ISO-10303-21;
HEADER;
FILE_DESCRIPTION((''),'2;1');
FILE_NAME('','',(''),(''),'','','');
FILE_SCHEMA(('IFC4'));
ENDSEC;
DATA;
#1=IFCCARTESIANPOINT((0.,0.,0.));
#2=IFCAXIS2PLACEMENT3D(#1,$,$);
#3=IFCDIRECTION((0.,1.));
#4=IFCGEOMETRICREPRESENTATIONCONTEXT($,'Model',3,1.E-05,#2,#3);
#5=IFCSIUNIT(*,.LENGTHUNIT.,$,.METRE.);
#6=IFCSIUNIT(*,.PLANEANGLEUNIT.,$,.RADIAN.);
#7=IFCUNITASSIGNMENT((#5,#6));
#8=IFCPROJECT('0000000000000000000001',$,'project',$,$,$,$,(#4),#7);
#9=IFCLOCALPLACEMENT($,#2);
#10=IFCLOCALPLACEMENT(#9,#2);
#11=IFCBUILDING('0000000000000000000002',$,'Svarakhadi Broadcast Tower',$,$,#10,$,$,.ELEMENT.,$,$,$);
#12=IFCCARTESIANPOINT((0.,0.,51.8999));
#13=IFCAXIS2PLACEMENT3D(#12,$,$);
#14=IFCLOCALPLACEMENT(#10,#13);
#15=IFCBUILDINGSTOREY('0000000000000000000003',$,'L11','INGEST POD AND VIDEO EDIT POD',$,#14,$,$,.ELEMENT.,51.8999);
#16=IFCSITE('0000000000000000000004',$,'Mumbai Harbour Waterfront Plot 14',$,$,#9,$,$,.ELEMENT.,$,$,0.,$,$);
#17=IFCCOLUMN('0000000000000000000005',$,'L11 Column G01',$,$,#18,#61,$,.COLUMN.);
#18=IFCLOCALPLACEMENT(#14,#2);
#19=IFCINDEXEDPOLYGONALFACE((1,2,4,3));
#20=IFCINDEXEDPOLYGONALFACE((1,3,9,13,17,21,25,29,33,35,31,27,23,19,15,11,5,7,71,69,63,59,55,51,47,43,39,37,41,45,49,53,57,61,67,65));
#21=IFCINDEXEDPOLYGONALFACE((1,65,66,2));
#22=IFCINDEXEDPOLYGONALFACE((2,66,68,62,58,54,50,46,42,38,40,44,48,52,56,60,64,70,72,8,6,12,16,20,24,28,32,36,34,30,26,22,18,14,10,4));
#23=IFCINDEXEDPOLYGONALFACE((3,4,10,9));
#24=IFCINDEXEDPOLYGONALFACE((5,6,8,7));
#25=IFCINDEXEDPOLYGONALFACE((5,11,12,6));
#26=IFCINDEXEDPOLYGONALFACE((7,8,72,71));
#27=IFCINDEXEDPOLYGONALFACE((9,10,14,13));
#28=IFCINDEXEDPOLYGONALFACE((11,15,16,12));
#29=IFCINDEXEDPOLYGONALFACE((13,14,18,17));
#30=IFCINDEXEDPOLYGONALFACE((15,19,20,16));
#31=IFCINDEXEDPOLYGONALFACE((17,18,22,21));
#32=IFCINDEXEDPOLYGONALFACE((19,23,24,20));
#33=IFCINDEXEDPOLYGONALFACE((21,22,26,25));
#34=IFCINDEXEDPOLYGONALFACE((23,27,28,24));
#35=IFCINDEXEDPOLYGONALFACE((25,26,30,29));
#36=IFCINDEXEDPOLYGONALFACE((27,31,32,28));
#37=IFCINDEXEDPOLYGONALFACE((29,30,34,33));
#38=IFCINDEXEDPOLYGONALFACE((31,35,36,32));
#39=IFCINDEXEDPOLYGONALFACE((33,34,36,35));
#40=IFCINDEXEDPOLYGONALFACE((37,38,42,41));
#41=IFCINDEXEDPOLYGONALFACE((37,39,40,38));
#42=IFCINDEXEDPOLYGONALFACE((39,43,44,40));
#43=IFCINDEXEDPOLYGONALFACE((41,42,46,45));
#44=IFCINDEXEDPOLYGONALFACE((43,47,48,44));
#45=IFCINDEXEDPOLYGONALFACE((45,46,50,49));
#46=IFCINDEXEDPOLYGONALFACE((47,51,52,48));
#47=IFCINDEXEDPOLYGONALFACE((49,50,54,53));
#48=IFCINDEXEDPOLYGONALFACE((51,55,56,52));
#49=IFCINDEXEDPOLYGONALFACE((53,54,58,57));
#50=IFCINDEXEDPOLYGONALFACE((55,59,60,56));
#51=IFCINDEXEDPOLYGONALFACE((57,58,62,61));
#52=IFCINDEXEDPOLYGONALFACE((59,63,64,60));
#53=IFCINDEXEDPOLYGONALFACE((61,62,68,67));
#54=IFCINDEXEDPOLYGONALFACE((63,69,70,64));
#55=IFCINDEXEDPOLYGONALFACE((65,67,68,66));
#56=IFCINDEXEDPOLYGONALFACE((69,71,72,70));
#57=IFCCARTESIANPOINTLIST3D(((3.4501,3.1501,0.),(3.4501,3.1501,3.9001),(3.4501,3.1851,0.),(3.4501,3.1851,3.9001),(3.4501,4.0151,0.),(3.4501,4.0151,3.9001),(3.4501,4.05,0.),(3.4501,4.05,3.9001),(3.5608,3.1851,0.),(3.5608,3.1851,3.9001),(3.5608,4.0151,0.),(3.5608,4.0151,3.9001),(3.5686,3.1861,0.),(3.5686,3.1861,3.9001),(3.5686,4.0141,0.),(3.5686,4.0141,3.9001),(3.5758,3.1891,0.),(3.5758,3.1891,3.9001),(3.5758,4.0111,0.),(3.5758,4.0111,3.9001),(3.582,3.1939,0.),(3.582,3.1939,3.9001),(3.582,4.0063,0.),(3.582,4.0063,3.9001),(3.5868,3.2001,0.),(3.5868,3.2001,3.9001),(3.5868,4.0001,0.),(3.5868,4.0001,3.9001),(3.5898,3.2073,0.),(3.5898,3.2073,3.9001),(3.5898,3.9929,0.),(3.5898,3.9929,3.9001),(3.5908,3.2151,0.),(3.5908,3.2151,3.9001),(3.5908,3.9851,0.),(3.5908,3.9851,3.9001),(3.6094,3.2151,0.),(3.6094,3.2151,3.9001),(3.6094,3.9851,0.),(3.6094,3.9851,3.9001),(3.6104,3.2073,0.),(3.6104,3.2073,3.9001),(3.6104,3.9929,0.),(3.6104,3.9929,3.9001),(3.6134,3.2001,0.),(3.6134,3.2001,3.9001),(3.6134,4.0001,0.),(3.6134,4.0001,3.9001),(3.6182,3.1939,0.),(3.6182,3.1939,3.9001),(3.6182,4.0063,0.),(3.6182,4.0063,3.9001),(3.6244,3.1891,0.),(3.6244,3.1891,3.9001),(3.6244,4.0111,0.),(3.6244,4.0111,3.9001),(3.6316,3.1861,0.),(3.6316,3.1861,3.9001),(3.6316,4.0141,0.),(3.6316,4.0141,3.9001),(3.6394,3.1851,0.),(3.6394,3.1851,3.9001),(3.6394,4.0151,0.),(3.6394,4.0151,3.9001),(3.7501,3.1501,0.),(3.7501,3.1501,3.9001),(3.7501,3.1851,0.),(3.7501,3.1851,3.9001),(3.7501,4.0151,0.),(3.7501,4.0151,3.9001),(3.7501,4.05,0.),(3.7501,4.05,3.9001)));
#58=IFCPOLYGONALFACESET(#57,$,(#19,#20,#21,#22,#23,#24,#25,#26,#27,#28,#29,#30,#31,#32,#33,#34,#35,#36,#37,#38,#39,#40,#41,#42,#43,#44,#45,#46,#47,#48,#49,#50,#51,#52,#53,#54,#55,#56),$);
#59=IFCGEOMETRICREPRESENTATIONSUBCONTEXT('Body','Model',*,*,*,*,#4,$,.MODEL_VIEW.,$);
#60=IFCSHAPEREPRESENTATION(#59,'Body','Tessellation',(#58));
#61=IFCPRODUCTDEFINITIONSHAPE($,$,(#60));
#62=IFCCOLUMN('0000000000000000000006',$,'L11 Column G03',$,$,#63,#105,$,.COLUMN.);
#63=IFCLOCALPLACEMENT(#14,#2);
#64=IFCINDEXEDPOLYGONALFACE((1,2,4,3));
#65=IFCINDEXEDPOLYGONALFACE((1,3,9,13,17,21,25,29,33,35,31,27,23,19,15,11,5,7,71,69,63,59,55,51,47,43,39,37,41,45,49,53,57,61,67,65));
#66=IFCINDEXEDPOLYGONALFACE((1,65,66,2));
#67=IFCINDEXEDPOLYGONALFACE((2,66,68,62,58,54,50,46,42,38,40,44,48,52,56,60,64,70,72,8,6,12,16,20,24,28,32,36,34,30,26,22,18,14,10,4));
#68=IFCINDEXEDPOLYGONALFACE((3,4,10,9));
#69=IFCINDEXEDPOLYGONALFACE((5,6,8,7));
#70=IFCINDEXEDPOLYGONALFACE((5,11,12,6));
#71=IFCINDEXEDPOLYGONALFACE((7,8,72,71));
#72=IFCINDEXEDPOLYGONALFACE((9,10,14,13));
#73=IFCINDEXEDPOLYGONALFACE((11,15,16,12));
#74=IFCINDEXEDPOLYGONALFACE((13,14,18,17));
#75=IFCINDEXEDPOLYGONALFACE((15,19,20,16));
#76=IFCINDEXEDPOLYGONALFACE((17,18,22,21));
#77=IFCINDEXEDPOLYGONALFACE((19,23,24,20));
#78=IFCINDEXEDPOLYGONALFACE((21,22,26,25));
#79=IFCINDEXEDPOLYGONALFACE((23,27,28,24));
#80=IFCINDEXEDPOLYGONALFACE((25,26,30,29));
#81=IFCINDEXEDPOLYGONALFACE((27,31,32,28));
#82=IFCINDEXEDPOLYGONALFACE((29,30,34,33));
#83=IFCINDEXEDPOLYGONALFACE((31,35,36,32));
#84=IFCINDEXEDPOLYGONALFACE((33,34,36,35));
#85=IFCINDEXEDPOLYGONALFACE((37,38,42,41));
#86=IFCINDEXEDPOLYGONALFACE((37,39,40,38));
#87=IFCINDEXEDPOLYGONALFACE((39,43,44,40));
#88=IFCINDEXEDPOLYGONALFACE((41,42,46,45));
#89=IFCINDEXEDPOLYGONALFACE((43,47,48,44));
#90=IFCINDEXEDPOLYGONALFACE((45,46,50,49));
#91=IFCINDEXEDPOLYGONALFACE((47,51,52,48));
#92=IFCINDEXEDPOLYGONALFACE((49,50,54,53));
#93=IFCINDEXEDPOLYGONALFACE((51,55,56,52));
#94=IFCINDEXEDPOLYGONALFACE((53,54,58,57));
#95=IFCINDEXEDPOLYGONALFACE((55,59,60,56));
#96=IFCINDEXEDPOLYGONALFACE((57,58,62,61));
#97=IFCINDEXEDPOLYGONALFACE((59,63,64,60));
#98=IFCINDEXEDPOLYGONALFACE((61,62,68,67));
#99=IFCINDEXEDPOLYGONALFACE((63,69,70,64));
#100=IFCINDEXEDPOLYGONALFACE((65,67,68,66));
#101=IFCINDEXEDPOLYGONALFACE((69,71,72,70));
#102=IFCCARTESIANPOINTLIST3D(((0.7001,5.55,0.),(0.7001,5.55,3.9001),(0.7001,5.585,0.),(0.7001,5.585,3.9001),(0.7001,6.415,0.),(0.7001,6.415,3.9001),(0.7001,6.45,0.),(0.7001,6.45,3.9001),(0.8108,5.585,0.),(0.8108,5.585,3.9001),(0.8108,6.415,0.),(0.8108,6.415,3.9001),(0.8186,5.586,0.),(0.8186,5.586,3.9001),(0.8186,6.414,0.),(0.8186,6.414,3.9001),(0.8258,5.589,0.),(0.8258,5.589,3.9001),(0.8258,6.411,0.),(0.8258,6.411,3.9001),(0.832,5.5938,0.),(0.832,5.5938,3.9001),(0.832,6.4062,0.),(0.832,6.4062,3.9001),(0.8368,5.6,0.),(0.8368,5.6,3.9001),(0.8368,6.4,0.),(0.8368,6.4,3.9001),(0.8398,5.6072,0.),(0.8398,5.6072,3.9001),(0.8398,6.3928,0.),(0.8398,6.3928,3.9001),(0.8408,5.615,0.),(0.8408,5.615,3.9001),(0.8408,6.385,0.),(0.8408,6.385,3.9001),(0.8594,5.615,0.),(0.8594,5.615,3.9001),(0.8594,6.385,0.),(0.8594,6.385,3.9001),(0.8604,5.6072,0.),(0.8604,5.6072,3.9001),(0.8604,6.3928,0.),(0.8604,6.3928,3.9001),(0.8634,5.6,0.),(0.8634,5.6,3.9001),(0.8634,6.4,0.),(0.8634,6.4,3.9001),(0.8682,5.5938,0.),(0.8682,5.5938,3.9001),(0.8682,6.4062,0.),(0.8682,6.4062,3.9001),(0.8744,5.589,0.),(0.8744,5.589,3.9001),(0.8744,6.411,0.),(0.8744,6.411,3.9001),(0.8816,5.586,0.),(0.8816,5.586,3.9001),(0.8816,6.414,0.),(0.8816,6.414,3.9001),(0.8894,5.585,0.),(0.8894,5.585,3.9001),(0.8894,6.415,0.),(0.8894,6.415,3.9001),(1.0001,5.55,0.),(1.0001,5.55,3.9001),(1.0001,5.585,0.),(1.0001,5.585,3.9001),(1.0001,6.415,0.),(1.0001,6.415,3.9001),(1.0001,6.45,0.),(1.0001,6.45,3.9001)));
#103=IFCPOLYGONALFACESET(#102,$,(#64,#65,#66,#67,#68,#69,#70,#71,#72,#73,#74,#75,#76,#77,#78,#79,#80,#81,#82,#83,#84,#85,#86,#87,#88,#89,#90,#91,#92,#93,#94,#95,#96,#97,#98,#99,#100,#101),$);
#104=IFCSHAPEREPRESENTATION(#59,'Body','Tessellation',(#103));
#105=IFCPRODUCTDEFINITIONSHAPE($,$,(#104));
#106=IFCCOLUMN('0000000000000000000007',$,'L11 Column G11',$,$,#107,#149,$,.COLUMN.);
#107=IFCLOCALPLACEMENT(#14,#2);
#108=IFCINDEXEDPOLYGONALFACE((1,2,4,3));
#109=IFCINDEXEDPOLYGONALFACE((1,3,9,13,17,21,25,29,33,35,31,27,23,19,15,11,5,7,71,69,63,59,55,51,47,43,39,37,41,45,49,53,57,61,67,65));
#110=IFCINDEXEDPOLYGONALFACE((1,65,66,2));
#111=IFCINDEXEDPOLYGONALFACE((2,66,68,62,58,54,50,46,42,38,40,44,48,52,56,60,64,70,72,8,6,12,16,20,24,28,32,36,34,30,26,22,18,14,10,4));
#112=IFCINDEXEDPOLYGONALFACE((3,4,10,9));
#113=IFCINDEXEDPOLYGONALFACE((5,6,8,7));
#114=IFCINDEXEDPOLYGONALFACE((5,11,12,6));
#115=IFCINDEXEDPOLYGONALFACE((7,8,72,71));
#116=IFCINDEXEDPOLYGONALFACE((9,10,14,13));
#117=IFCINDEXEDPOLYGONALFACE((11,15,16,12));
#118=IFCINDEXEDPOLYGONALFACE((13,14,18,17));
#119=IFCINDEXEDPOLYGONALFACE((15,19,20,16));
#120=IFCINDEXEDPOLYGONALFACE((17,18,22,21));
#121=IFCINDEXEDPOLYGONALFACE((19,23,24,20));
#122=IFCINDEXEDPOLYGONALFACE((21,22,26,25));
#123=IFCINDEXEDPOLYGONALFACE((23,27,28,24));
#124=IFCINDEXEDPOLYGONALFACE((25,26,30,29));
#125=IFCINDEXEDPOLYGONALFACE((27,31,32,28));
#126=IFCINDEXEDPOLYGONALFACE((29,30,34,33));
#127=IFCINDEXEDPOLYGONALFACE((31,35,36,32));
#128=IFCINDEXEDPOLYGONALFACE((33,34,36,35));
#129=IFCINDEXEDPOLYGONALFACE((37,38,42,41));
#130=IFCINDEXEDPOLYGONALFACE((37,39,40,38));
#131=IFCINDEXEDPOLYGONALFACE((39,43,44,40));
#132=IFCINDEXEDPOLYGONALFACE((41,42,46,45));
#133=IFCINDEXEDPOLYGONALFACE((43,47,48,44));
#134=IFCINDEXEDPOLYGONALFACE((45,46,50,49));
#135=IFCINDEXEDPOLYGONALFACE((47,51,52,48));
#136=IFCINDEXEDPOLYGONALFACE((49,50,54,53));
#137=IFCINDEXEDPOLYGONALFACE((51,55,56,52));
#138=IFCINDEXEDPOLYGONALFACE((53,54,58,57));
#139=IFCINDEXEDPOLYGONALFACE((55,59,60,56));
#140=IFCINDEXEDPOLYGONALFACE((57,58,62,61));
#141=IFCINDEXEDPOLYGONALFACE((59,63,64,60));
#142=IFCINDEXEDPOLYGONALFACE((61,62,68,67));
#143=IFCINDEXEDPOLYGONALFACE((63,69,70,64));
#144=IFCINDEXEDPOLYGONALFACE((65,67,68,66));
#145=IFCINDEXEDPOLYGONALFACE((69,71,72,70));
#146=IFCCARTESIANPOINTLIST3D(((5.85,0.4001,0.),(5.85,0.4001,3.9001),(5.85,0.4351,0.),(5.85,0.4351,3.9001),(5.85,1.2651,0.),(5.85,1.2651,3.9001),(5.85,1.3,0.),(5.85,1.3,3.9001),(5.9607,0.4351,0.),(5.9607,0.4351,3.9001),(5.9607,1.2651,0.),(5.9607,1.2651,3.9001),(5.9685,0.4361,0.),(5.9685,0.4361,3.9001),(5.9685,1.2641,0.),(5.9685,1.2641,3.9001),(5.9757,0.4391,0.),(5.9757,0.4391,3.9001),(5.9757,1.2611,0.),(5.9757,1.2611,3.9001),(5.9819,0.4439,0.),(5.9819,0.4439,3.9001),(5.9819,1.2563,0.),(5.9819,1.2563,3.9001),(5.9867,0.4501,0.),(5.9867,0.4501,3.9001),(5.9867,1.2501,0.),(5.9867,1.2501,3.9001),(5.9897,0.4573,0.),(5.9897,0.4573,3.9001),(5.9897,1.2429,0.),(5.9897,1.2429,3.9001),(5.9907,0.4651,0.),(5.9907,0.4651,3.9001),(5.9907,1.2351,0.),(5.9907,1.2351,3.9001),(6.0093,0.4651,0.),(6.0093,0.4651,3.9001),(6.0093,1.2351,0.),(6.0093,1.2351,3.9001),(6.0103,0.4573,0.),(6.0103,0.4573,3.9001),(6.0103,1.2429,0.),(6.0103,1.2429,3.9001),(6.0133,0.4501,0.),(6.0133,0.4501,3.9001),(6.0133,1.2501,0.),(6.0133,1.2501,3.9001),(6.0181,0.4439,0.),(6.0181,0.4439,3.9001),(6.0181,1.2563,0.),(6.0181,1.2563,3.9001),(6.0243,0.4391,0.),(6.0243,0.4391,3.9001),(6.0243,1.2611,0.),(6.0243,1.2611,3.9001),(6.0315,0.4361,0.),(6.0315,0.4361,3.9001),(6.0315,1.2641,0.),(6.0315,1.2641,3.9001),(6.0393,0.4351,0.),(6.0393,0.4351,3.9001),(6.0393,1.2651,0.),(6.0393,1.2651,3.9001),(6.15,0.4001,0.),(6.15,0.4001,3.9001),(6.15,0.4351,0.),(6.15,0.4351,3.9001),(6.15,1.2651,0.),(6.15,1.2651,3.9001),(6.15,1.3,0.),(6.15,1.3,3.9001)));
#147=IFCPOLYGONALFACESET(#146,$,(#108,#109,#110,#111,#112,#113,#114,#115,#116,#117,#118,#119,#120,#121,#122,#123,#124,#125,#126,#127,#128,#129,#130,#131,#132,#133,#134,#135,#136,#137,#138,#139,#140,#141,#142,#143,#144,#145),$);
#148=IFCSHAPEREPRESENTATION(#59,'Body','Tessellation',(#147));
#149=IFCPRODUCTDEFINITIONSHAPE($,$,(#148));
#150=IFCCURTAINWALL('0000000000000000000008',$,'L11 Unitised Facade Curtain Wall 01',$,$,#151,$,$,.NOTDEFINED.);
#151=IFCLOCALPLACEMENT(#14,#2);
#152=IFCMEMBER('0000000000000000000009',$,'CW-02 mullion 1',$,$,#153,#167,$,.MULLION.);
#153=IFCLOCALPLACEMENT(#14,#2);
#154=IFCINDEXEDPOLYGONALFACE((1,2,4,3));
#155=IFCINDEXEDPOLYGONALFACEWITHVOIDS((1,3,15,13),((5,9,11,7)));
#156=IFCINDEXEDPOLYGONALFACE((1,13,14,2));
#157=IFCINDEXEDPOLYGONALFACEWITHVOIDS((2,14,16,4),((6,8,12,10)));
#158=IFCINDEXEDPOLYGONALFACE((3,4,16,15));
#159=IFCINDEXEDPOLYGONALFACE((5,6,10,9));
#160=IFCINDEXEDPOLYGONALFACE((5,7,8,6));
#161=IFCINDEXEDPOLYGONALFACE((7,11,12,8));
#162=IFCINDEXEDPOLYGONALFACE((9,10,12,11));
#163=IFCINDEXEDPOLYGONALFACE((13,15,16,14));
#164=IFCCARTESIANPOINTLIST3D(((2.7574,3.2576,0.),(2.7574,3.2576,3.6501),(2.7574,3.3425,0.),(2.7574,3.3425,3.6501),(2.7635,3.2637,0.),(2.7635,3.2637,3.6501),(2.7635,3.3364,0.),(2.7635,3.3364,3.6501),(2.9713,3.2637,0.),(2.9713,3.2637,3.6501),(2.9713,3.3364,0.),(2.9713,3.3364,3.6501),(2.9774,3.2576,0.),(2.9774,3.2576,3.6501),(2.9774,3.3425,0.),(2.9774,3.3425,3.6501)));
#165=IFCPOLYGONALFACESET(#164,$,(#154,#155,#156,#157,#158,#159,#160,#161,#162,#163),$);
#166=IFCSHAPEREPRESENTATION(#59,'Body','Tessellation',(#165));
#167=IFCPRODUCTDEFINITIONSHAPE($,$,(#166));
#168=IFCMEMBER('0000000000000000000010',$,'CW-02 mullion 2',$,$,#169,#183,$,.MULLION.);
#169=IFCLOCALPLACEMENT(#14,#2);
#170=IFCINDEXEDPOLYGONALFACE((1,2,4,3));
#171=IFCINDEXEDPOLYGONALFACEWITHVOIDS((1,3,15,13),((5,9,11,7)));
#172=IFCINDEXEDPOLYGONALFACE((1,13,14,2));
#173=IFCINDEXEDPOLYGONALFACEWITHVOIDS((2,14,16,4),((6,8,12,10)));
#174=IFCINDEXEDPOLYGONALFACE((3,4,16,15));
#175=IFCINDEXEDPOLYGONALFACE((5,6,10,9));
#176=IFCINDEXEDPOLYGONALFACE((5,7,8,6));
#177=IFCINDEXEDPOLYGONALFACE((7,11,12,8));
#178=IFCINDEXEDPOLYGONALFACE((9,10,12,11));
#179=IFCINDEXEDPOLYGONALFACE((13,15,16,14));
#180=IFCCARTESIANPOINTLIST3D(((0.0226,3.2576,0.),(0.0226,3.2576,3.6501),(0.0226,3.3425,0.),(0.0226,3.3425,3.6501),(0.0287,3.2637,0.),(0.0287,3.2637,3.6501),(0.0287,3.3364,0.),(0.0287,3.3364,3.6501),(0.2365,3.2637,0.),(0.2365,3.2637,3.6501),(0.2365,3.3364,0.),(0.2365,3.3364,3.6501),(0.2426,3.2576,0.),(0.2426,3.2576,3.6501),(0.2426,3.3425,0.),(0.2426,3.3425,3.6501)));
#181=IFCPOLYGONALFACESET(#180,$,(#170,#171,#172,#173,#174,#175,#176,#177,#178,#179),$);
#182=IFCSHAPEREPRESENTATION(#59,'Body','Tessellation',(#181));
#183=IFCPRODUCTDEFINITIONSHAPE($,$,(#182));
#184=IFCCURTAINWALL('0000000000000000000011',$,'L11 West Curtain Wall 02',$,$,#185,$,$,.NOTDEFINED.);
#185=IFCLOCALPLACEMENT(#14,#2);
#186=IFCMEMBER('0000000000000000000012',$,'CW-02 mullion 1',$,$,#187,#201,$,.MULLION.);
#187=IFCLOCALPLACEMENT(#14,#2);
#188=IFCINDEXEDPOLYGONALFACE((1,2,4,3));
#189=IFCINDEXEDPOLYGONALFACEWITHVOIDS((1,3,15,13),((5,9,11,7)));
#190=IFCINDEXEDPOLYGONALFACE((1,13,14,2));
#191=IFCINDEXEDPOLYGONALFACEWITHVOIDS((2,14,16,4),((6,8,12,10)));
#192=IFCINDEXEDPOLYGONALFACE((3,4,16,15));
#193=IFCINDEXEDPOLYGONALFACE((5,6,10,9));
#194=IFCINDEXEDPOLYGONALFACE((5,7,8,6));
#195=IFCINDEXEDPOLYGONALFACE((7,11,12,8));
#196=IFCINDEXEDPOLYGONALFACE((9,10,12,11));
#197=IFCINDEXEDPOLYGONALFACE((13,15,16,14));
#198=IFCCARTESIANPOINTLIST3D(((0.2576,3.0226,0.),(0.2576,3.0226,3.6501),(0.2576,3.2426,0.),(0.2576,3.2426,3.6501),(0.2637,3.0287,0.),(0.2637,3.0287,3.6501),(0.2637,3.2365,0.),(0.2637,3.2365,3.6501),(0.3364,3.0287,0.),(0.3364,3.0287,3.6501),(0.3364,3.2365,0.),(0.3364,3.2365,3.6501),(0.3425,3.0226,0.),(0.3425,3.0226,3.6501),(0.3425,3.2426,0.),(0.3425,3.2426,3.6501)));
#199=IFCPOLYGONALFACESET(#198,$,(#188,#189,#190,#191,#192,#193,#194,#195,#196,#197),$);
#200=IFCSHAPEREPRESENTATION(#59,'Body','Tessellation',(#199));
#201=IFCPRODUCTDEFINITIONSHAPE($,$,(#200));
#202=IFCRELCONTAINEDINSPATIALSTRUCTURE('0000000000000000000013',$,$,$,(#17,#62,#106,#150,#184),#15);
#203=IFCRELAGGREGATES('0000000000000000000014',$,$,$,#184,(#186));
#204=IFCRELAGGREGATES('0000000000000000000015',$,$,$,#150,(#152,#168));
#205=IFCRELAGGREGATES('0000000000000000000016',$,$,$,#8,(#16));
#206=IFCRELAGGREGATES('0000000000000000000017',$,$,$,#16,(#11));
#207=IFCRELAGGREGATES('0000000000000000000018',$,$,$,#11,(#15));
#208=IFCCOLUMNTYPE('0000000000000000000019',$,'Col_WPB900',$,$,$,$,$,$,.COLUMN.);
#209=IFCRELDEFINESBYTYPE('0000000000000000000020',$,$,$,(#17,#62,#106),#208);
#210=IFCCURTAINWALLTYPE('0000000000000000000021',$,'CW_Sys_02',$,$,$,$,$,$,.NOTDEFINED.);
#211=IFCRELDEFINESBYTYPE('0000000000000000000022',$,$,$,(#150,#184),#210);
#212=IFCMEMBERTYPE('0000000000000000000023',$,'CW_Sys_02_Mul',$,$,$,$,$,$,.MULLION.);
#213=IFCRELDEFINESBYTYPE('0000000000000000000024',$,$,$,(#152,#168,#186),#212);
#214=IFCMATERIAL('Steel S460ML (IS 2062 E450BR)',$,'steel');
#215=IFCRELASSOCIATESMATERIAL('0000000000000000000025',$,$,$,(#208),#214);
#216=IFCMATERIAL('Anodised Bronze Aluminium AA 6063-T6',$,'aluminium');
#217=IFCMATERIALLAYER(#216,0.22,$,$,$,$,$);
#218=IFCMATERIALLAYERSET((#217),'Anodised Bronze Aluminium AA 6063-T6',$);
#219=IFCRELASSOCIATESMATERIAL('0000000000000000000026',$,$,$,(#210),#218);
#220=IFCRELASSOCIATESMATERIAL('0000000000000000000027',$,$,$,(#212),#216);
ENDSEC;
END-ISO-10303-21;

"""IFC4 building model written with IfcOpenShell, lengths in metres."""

from ifc_helpers import new_model, si_unit, direction, frame, origin, origin_2d, place, context, subcontext, project, spatial, hollow_rectangle, i_section, extrude, material, layer, layer_set, material_profile, profile_set, type_object, element, aggregate, save


model = new_model("IFC4")

# Units and contexts
model_context = context("Model", 3, precision=1e-05, world=origin(), true_north=direction((0.0, 1.0)))
body_context = subcontext(model_context, "Body", "Model", "MODEL_VIEW")
ifc_project = project(units=[si_unit("LENGTHUNIT", "METRE"), si_unit("PLANEANGLEUNIT", "RADIAN")], contexts=[model_context])

# Site, building, storey
site_placement = place(None, origin())
site = spatial("IfcSite", under=ifc_project, at=site_placement, Name="Mumbai Harbour Waterfront Plot 14", CompositionType="ELEMENT", RefElevation=0.0)
building_placement = place(site_placement, origin())
building = spatial("IfcBuilding", under=site, at=building_placement, Name="Svarakhadi Broadcast Tower", CompositionType="ELEMENT")
storey_placement = place(building_placement, frame((0.0, 0.0, 51.8999)))
storey = spatial("IfcBuildingStorey", under=building, at=storey_placement, Name="L11", Description="INGEST POD AND VIDEO EDIT POD", CompositionType="ELEMENT", Elevation=51.8999)

# Columns
ifc_material_1 = material(Name="Steel S460ML (IS 2062 E450BR)", Category="steel")
ifc_material_profile_1 = material_profile(ifc_material_1, i_section(OverallWidth=0.3, OverallDepth=0.8999, WebThickness=0.0186, FlangeThickness=0.0349, FilletRadius=0.03, at=origin_2d()), Name="WPB 900x300x291")
ifc_profile_set_1 = profile_set([ifc_material_profile_1], Name="Steel S460ML (IS 2062 E450BR)")
column_type = type_object("IfcColumnType", Name="Col_WPB900", PredefinedType="COLUMN", material=ifc_profile_set_1)
for number, where, z_axis, x_axis, name in (
    (1, (3.6001, 3.6001, 0.0), (0.0, 0.0, 1.0), (1.0, 0.0, 0.0), "L11 Column G01"),
    (2, (0.8501, 6.0, 0.0), (0.0, 0.0, 1.0), (1.0, 0.0, 0.0), "L11 Column G03"),
    (3, (6.0, 0.8501, 0.0), (0.0, 0.0, 1.0), (1.0, 0.0, 0.0), "L11 Column G11"),
):
    element("IfcColumn", number, at=place(storey_placement, frame(where, z_axis=z_axis, x_axis=x_axis)), inside=storey, type_object=column_type, Name=name, PredefinedType="COLUMN", context=body_context, shape_type="SweptSolid", body=[
        extrude(i_section(OverallWidth=0.3, OverallDepth=0.8999, WebThickness=0.0186, FlangeThickness=0.0349, FilletRadius=0.03, at=origin_2d()), origin(), (0.0, 0.0, 1.0), 3.9001),
    ])

# Curtain wall, members
ifc_material_2 = material(Name="Anodised Bronze Aluminium AA 6063-T6", Category="aluminium")
ifc_layer_1 = layer(ifc_material_2, 0.22)
ifc_layer_set_1 = layer_set([ifc_layer_1], Name="Anodised Bronze Aluminium AA 6063-T6")
curtain_wall_type = type_object("IfcCurtainWallType", Name="CW_Sys_02", PredefinedType="NOTDEFINED", material=ifc_layer_set_1)
curtain_wall_1_placement = place(storey_placement, origin())
curtain_wall_1 = element("IfcCurtainWall", 4, at=curtain_wall_1_placement, inside=storey, type_object=curtain_wall_type, Name="L11 Unitised Facade Curtain Wall 01", PredefinedType="NOTDEFINED")
ifc_material_profile_2 = material_profile(ifc_material_2, hollow_rectangle(XDim=0.085, YDim=0.22, WallThickness=0.0061, at=origin_2d()), Name="ALU MULLION 220x85x6")
ifc_profile_set_2 = profile_set([ifc_material_profile_2], Name="Anodised Bronze Aluminium AA 6063-T6")
member_type_1 = type_object("IfcMemberType", Name="CW_Sys_02_Mul", PredefinedType="MULLION", material=ifc_profile_set_2)
member_1_placement = place(storey_placement, frame((2.8674, 3.3, 0.0), z_axis=(0.0, 0.0, 1.0), x_axis=(0.0, -1.0, 0.0)))
member_1 = element("IfcMember", 5, at=member_1_placement, type_object=member_type_1, Name="CW-02 mullion 1", PredefinedType="MULLION", context=body_context, shape_type="SweptSolid", body=[
    extrude(hollow_rectangle(XDim=0.085, YDim=0.22, WallThickness=0.0061, at=origin_2d()), origin(), (0.0, 0.0, 1.0), 3.6501),
])
member_2_placement = place(storey_placement, frame((0.1326, 3.3, 0.0), z_axis=(0.0, 0.0, 1.0), x_axis=(0.0, -1.0, 0.0)))
member_2 = element("IfcMember", 6, at=member_2_placement, type_object=member_type_1, Name="CW-02 mullion 2", PredefinedType="MULLION", context=body_context, shape_type="SweptSolid", body=[
    extrude(hollow_rectangle(XDim=0.085, YDim=0.22, WallThickness=0.0061, at=origin_2d()), origin(), (0.0, 0.0, 1.0), 3.6501),
])

# Curtain wall, member
curtain_wall_2_placement = place(storey_placement, origin())
curtain_wall_2 = element("IfcCurtainWall", 7, at=curtain_wall_2_placement, inside=storey, type_object=curtain_wall_type, Name="L11 West Curtain Wall 02", PredefinedType="NOTDEFINED")
member_3_placement = place(storey_placement, frame((0.3, 3.1326, 0.0), z_axis=(0.0, 0.0, 1.0), x_axis=(-1.0, 0.0, 0.0)))
member_3 = element("IfcMember", 8, at=member_3_placement, type_object=member_type_1, Name="CW-02 mullion 1", PredefinedType="MULLION", context=body_context, shape_type="SweptSolid", body=[
    extrude(hollow_rectangle(XDim=0.085, YDim=0.22, WallThickness=0.0061, at=origin_2d()), origin(), (0.0, 0.0, 1.0), 3.6501),
])

aggregate(curtain_wall_2, [member_3])

aggregate(curtain_wall_1, [member_1, member_2])

save(model, "model.ifc")
